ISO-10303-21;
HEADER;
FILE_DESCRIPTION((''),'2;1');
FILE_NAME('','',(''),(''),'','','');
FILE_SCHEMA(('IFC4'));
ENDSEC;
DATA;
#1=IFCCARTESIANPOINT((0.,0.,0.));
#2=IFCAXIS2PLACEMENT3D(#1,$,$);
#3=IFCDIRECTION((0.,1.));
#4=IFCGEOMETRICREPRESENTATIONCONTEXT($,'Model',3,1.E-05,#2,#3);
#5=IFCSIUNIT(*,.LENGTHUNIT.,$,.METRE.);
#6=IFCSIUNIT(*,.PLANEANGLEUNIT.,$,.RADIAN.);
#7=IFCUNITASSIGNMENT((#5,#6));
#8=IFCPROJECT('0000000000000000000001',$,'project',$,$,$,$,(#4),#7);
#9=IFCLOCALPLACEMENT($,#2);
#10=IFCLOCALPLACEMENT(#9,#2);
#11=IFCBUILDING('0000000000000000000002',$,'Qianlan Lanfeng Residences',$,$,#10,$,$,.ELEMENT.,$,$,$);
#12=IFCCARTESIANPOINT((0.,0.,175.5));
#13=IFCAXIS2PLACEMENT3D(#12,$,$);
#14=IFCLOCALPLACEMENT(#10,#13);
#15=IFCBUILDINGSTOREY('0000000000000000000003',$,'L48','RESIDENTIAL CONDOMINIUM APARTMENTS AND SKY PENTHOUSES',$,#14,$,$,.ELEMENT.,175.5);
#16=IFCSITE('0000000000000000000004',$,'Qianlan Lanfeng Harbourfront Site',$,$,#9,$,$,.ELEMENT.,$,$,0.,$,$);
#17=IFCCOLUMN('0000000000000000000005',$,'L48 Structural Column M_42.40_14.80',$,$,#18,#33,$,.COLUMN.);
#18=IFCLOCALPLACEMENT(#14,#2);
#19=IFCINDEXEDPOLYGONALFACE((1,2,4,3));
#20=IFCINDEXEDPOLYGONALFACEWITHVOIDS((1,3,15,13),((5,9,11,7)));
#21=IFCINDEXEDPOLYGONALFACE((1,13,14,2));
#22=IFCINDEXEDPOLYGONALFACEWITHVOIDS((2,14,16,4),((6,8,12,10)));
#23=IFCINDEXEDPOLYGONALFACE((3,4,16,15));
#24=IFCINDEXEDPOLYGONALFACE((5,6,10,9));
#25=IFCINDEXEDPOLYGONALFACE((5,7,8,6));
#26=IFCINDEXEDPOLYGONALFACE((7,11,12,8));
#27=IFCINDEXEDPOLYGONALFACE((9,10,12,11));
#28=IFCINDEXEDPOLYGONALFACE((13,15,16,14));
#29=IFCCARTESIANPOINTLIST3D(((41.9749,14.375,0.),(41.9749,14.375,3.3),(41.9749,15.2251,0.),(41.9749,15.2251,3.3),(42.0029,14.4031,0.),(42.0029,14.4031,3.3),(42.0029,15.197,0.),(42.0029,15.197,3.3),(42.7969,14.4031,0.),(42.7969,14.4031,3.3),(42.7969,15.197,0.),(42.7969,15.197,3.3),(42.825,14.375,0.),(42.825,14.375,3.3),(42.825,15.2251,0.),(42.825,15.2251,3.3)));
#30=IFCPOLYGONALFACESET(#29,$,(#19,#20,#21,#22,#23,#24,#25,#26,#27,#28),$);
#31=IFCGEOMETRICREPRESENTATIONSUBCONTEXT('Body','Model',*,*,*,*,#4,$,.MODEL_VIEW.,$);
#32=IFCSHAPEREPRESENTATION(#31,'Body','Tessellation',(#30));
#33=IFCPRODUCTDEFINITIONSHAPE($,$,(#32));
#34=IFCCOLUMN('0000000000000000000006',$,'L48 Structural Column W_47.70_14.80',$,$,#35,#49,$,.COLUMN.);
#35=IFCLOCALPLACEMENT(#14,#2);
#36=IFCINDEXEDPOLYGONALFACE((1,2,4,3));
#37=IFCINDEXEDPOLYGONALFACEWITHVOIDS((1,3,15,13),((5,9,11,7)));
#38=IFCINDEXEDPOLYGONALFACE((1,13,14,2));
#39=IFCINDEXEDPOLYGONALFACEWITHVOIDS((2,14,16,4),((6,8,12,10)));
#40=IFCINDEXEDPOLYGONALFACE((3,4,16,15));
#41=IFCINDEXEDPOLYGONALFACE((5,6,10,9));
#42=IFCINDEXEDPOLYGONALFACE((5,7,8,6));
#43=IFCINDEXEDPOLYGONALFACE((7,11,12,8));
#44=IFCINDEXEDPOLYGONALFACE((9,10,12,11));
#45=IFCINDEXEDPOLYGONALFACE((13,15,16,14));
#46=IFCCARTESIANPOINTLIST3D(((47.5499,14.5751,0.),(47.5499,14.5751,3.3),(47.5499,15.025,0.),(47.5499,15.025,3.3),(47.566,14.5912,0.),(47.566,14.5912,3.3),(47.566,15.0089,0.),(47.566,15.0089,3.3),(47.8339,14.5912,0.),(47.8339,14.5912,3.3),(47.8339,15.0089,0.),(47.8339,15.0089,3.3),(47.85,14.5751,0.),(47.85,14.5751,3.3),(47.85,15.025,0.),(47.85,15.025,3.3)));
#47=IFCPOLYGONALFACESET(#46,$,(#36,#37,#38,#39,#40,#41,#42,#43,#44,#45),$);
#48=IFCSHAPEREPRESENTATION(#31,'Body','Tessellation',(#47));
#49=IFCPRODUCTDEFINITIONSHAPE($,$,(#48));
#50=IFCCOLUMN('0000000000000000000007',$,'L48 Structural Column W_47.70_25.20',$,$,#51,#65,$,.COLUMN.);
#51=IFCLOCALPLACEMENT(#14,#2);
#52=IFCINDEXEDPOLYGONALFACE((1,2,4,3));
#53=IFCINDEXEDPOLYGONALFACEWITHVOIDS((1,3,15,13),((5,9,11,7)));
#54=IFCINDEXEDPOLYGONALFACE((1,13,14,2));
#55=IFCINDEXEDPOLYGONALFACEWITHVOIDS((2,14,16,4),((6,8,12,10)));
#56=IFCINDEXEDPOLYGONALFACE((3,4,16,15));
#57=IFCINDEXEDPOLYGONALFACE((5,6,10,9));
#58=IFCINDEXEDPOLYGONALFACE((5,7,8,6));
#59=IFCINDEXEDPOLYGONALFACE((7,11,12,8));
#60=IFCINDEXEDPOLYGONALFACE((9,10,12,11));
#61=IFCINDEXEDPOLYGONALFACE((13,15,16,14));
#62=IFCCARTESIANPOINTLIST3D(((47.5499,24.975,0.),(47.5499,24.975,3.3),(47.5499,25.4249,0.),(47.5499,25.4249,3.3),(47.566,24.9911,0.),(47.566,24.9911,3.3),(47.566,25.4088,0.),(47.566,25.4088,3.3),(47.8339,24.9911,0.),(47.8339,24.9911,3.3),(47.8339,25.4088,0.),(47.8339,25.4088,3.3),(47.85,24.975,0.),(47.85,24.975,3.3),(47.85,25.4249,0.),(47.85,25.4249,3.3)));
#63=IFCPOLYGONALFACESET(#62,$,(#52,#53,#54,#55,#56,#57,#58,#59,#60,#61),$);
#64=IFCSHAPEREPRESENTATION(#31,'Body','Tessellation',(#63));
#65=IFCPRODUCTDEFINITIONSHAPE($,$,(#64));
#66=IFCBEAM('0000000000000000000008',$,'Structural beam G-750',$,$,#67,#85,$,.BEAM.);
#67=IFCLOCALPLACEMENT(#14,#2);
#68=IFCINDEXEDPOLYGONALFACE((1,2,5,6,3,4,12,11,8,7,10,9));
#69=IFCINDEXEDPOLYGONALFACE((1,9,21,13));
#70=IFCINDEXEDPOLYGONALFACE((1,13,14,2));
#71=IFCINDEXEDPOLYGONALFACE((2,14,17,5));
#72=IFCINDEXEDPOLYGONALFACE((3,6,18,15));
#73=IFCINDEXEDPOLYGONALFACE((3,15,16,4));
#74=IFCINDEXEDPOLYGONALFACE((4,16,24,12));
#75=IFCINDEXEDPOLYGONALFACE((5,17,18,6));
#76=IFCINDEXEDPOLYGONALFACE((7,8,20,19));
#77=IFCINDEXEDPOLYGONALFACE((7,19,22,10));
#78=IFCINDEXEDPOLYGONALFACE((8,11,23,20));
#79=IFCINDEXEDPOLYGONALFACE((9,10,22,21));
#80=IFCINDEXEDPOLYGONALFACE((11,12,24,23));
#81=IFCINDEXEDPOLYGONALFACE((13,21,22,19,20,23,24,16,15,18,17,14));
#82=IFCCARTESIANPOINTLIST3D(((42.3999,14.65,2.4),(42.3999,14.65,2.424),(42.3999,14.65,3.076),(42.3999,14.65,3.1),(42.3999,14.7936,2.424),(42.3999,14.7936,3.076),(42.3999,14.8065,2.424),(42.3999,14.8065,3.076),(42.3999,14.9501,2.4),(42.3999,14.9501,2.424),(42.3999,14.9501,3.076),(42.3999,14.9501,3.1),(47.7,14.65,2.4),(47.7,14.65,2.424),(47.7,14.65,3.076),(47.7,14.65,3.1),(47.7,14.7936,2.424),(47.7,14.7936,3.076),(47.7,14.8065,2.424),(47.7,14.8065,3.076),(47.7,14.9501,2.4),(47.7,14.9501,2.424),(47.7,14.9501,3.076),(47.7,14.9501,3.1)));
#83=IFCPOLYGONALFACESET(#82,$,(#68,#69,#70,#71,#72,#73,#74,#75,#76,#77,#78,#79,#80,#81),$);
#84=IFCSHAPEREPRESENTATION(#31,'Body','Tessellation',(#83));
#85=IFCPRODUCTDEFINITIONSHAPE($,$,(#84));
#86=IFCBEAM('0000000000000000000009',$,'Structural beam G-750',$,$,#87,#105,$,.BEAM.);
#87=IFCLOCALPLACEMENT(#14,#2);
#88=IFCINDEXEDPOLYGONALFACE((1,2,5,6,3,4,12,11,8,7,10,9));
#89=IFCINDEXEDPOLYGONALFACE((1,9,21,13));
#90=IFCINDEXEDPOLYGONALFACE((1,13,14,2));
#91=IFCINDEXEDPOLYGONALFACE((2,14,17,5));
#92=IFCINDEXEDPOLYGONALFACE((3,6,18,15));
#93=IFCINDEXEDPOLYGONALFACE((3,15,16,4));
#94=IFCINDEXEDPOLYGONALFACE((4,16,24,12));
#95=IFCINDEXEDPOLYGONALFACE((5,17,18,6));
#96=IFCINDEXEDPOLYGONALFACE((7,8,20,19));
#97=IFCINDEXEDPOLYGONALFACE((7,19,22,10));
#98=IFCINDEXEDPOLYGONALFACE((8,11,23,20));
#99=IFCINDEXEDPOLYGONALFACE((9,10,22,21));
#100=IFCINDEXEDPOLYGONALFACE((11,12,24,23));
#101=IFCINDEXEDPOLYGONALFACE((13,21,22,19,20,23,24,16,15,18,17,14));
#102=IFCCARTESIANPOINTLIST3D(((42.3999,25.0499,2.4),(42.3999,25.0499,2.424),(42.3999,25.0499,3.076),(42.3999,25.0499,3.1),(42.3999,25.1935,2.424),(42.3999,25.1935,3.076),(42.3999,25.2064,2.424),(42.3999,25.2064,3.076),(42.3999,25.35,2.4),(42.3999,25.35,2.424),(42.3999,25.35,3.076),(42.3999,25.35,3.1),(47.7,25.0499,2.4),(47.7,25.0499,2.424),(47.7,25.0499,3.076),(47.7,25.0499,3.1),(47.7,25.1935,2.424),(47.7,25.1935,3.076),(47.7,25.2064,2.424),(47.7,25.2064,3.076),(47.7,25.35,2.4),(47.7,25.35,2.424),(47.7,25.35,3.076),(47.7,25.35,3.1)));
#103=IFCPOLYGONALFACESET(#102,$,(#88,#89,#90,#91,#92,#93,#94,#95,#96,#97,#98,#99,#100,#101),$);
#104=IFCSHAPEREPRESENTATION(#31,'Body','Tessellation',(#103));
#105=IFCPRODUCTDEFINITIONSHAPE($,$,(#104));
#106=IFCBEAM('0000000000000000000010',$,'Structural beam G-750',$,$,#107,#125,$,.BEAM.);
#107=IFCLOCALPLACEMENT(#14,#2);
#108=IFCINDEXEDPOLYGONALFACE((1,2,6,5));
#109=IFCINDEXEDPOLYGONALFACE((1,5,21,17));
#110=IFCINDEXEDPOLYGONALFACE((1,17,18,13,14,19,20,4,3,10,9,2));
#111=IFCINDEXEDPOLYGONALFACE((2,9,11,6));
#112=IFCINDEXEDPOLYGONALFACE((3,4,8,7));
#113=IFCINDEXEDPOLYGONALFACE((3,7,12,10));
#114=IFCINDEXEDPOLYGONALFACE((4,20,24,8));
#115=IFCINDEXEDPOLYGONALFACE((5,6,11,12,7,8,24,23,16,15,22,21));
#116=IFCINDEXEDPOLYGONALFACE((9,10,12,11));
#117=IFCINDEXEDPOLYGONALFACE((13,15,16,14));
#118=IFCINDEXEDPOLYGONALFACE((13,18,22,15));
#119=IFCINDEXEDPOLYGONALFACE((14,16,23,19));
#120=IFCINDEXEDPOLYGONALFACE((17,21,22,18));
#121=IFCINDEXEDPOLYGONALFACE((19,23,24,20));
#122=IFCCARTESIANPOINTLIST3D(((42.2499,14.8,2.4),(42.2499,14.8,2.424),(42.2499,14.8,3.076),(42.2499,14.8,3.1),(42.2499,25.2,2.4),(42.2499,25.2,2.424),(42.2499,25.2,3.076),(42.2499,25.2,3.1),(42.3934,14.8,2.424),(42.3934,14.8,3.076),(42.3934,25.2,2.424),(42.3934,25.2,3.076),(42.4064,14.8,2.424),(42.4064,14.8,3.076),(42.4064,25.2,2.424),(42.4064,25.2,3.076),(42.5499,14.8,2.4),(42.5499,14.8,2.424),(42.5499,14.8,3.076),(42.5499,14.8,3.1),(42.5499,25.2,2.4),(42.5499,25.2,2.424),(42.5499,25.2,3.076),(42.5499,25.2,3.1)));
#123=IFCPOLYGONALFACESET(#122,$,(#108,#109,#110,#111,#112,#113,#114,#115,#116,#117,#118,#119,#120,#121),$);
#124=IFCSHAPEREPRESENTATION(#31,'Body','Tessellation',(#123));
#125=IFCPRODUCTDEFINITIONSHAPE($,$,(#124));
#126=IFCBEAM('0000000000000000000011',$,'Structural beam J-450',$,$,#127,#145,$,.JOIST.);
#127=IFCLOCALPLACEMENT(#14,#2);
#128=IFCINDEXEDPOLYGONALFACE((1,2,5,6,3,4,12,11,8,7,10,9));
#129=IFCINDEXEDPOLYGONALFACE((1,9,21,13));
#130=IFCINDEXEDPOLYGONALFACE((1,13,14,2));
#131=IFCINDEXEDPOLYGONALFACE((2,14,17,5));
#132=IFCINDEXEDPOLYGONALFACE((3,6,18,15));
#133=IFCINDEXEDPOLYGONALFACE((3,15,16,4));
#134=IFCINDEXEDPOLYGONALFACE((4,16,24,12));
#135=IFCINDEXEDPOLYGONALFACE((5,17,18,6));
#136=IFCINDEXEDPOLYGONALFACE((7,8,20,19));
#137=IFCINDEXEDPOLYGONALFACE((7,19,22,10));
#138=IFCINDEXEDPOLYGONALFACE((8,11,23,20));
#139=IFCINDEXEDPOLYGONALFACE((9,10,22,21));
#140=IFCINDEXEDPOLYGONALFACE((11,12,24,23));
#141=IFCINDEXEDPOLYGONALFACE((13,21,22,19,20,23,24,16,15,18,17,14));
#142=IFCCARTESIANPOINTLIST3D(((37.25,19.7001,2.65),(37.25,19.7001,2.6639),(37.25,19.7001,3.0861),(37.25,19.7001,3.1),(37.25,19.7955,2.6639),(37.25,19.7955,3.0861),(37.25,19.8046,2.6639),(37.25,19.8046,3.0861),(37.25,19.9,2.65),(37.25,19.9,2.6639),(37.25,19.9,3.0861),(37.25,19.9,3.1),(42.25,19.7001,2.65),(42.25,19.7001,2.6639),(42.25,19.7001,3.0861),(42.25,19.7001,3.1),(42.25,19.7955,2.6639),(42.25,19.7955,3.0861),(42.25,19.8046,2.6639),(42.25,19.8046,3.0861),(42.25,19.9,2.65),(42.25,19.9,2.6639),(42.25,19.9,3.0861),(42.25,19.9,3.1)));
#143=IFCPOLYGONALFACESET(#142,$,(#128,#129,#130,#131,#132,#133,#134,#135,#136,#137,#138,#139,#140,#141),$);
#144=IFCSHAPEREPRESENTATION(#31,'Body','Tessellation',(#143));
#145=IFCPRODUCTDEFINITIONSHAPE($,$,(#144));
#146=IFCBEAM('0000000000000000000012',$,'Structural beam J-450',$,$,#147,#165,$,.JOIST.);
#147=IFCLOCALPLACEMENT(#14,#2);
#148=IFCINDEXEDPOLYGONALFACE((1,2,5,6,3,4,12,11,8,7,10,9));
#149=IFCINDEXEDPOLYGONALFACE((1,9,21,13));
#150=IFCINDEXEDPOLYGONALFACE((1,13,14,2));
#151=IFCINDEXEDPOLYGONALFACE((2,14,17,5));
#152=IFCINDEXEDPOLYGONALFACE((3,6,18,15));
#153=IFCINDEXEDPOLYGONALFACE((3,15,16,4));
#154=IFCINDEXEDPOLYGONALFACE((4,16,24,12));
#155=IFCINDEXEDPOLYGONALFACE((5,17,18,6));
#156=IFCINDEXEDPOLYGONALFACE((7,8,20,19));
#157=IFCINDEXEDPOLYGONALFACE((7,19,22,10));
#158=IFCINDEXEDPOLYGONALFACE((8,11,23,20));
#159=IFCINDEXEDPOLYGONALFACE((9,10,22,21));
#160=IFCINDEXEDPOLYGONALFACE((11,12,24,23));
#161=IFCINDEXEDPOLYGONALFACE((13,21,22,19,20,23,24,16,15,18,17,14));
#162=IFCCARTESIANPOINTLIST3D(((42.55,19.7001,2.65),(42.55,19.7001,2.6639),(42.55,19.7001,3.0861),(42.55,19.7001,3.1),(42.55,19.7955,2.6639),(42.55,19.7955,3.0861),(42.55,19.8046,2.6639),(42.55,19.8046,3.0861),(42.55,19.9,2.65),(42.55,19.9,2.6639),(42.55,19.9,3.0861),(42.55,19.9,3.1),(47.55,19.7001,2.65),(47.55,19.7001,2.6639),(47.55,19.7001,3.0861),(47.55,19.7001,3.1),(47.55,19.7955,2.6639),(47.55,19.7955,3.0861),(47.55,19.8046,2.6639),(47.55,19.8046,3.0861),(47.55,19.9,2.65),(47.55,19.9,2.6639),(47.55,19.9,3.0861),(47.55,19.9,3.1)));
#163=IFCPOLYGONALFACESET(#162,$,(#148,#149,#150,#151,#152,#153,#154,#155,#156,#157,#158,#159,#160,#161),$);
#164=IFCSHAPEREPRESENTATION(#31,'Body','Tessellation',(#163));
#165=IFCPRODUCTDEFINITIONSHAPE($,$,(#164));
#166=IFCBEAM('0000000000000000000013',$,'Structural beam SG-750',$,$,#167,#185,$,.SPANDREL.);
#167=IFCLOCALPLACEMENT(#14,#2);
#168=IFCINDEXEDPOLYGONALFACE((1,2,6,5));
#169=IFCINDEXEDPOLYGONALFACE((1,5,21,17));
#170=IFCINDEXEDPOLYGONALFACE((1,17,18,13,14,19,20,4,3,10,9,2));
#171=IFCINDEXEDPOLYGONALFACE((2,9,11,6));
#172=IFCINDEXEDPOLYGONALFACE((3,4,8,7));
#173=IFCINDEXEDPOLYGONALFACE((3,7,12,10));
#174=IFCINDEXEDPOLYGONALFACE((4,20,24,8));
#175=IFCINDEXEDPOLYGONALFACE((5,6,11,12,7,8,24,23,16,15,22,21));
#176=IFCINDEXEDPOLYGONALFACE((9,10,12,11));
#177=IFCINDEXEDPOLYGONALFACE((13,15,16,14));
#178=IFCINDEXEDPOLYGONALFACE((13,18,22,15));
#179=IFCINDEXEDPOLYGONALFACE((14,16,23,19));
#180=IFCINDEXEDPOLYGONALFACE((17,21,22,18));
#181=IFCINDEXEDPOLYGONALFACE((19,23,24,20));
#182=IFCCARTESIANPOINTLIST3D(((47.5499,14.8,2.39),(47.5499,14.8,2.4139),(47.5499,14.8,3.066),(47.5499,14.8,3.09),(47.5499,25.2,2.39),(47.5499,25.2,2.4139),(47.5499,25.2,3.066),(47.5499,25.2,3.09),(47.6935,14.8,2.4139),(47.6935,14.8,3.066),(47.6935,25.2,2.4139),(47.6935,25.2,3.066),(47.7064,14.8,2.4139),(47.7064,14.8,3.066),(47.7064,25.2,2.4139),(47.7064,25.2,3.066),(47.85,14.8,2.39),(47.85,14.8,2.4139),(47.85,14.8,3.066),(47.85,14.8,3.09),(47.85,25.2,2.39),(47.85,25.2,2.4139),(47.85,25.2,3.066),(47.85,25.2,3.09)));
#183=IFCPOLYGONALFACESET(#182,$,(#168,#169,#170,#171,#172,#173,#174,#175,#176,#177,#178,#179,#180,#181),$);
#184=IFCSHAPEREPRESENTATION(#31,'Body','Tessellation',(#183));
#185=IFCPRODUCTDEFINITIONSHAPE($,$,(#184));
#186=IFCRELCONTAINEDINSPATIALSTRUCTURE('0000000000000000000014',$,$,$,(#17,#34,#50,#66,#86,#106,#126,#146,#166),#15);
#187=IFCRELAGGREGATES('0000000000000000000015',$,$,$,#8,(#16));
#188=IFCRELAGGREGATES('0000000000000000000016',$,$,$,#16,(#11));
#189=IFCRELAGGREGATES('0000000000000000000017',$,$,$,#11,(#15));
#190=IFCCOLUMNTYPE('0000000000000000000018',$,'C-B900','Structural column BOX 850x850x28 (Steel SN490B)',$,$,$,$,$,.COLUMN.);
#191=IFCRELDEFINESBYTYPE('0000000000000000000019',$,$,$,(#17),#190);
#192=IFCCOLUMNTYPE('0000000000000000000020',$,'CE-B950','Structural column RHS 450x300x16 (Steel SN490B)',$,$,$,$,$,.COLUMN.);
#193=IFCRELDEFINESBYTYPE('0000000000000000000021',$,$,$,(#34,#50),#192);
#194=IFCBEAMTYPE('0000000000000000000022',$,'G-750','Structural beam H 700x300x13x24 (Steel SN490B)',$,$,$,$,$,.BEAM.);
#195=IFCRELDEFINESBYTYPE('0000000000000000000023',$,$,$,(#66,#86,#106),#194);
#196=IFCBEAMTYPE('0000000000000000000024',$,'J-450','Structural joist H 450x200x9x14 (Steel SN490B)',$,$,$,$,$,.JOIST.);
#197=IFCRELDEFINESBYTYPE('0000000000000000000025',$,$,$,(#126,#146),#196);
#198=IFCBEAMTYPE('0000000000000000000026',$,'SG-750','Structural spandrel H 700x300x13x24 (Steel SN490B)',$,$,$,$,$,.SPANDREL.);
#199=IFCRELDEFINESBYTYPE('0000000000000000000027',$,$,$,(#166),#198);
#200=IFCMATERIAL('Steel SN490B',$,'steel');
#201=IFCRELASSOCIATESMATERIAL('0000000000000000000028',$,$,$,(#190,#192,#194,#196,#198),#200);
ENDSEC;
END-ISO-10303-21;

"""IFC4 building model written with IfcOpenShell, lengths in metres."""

from ifc_helpers import new_model, si_unit, direction, frame, origin, origin_2d, place, context, subcontext, project, spatial, hollow_rectangle, i_section, extrude, material, material_profile, profile_set, type_object, element, save


model = new_model("IFC4")

# Units and contexts
model_context = context("Model", 3, precision=1e-05, world=origin(), true_north=direction((0.0, 1.0)))
body_context = subcontext(model_context, "Body", "Model", "MODEL_VIEW")
ifc_project = project(units=[si_unit("LENGTHUNIT", "METRE"), si_unit("PLANEANGLEUNIT", "RADIAN")], contexts=[model_context])

# Site, building, storey
site_placement = place(None, origin())
site = spatial("IfcSite", under=ifc_project, at=site_placement, Name="Qianlan Lanfeng Harbourfront Site", CompositionType="ELEMENT", RefElevation=0.0)
building_placement = place(site_placement, origin())
building = spatial("IfcBuilding", under=site, at=building_placement, Name="Qianlan Lanfeng Residences", CompositionType="ELEMENT")
storey_placement = place(building_placement, frame((0.0, 0.0, 175.5)))
storey = spatial("IfcBuildingStorey", under=building, at=storey_placement, Name="L48", Description="RESIDENTIAL CONDOMINIUM APARTMENTS AND SKY PENTHOUSES", CompositionType="ELEMENT", Elevation=175.5)

# Columns
ifc_material_1 = material(Name="Steel SN490B", Category="steel")
ifc_material_profile_1 = material_profile(ifc_material_1, hollow_rectangle(XDim=0.8501, YDim=0.8501, WallThickness=0.0281, at=origin_2d()), Name="BOX 850x850x28")
ifc_profile_set_1 = profile_set([ifc_material_profile_1], Name="Steel SN490B")
column_type_1 = type_object("IfcColumnType", Name="C-B900", Description="Structural column BOX 850x850x28 (Steel SN490B)", PredefinedType="COLUMN", material=ifc_profile_set_1)
column_placement = place(storey_placement, frame((42.3999, 14.8, 0.0), z_axis=(0.0, 0.0, 1.0), x_axis=(1.0, 0.0, 0.0)))
element("IfcColumn", 1, at=column_placement, inside=storey, type_object=column_type_1, Name="L48 Structural Column M_42.40_14.80", PredefinedType="COLUMN", context=body_context, shape_type="SweptSolid", body=[
    extrude(hollow_rectangle(XDim=0.8501, YDim=0.8501, WallThickness=0.0281, at=origin_2d()), origin(), (0.0, 0.0, 1.0), 3.3),
])
ifc_material_profile_2 = material_profile(ifc_material_1, hollow_rectangle(XDim=0.3, YDim=0.45, WallThickness=0.0161, at=origin_2d()), Name="RHS 450x300x16")
ifc_profile_set_2 = profile_set([ifc_material_profile_2], Name="Steel SN490B")
column_type_2 = type_object("IfcColumnType", Name="CE-B950", Description="Structural column RHS 450x300x16 (Steel SN490B)", PredefinedType="COLUMN", material=ifc_profile_set_2)
for number, where, z_axis, x_axis, name in (
    (2, (47.7, 14.8, 0.0), (0.0, 0.0, 1.0), (1.0, 0.0, 0.0), "L48 Structural Column W_47.70_14.80"),
    (3, (47.7, 25.2, 0.0), (0.0, 0.0, 1.0), (1.0, 0.0, 0.0), "L48 Structural Column W_47.70_25.20"),
):
    element("IfcColumn", number, at=place(storey_placement, frame(where, z_axis=z_axis, x_axis=x_axis)), inside=storey, type_object=column_type_2, Name=name, PredefinedType="COLUMN", context=body_context, shape_type="SweptSolid", body=[
        extrude(hollow_rectangle(XDim=0.3, YDim=0.45, WallThickness=0.0161, at=origin_2d()), origin(), (0.0, 0.0, 1.0), 3.3),
    ])

# Beams
ifc_material_profile_3 = material_profile(ifc_material_1, i_section(OverallWidth=0.3, OverallDepth=0.7, WebThickness=0.0129, FlangeThickness=0.0239, at=origin_2d()), Name="H 700x300x13x24")
ifc_profile_set_3 = profile_set([ifc_material_profile_3], Name="Steel SN490B")
beam_type_1 = type_object("IfcBeamType", Name="G-750", Description="Structural beam H 700x300x13x24 (Steel SN490B)", PredefinedType="BEAM", material=ifc_profile_set_3)
for number, where, z_axis, x_axis, name in (
    (4, (42.3999, 14.8, 2.75), (1.0, 0.0, 0.0), (0.0, 1.0, 0.0), "Structural beam G-750"),
    (5, (42.3999, 25.2, 2.75), (1.0, 0.0, 0.0), (0.0, 1.0, 0.0), "Structural beam G-750"),
):
    element("IfcBeam", number, at=place(storey_placement, frame(where, z_axis=z_axis, x_axis=x_axis)), inside=storey, type_object=beam_type_1, Name=name, PredefinedType="BEAM", context=body_context, shape_type="SweptSolid", body=[
        extrude(i_section(OverallWidth=0.3, OverallDepth=0.7, WebThickness=0.0129, FlangeThickness=0.0239, at=origin_2d()), origin(), (0.0, 0.0, 1.0), 5.3),
    ])
beam_1_placement = place(storey_placement, frame((42.3999, 14.8, 2.75), z_axis=(0.0, 1.0, 0.0), x_axis=(-1.0, 0.0, 0.0)))
element("IfcBeam", 6, at=beam_1_placement, inside=storey, type_object=beam_type_1, Name="Structural beam G-750", PredefinedType="BEAM", context=body_context, shape_type="SweptSolid", body=[
    extrude(i_section(OverallWidth=0.3, OverallDepth=0.7, WebThickness=0.0129, FlangeThickness=0.0239, at=origin_2d()), origin(), (0.0, 0.0, 1.0), 10.3999),
])
ifc_material_profile_4 = material_profile(ifc_material_1, i_section(OverallWidth=0.2, OverallDepth=0.45, WebThickness=0.009, FlangeThickness=0.0139, at=origin_2d()), Name="H 450x200x9x14")
ifc_profile_set_4 = profile_set([ifc_material_profile_4], Name="Steel SN490B")
beam_type_2 = type_object("IfcBeamType", Name="J-450", Description="Structural joist H 450x200x9x14 (Steel SN490B)", PredefinedType="JOIST", material=ifc_profile_set_4)
for number, where, z_axis, x_axis, name in (
    (7, (37.25, 19.8, 2.875), (1.0, 0.0, 0.0), (0.0, 1.0, 0.0), "Structural beam J-450"),
    (8, (42.55, 19.8, 2.875), (1.0, 0.0, 0.0), (0.0, 1.0, 0.0), "Structural beam J-450"),
):
    element("IfcBeam", number, at=place(storey_placement, frame(where, z_axis=z_axis, x_axis=x_axis)), inside=storey, type_object=beam_type_2, Name=name, PredefinedType="JOIST", context=body_context, shape_type="SweptSolid", body=[
        extrude(i_section(OverallWidth=0.2, OverallDepth=0.45, WebThickness=0.009, FlangeThickness=0.0139, at=origin_2d()), origin(), (0.0, 0.0, 1.0), 5.0),
    ])
ifc_material_profile_5 = material_profile(ifc_material_1, i_section(OverallWidth=0.3, OverallDepth=0.7, WebThickness=0.0129, FlangeThickness=0.0239, at=origin_2d()), Name="H 700x300x13x24")
ifc_profile_set_5 = profile_set([ifc_material_profile_5], Name="Steel SN490B")
beam_type_3 = type_object("IfcBeamType", Name="SG-750", Description="Structural spandrel H 700x300x13x24 (Steel SN490B)", PredefinedType="SPANDREL", material=ifc_profile_set_5)
beam_2_placement = place(storey_placement, frame((47.7, 14.8, 2.74), z_axis=(0.0, 1.0, 0.0), x_axis=(-1.0, 0.0, 0.0)))
element("IfcBeam", 9, at=beam_2_placement, inside=storey, type_object=beam_type_3, Name="Structural beam SG-750", PredefinedType="SPANDREL", context=body_context, shape_type="SweptSolid", body=[
    extrude(i_section(OverallWidth=0.3, OverallDepth=0.7, WebThickness=0.0129, FlangeThickness=0.0239, at=origin_2d()), origin(), (0.0, 0.0, 1.0), 10.3999),
])

save(model, "model.ifc")
